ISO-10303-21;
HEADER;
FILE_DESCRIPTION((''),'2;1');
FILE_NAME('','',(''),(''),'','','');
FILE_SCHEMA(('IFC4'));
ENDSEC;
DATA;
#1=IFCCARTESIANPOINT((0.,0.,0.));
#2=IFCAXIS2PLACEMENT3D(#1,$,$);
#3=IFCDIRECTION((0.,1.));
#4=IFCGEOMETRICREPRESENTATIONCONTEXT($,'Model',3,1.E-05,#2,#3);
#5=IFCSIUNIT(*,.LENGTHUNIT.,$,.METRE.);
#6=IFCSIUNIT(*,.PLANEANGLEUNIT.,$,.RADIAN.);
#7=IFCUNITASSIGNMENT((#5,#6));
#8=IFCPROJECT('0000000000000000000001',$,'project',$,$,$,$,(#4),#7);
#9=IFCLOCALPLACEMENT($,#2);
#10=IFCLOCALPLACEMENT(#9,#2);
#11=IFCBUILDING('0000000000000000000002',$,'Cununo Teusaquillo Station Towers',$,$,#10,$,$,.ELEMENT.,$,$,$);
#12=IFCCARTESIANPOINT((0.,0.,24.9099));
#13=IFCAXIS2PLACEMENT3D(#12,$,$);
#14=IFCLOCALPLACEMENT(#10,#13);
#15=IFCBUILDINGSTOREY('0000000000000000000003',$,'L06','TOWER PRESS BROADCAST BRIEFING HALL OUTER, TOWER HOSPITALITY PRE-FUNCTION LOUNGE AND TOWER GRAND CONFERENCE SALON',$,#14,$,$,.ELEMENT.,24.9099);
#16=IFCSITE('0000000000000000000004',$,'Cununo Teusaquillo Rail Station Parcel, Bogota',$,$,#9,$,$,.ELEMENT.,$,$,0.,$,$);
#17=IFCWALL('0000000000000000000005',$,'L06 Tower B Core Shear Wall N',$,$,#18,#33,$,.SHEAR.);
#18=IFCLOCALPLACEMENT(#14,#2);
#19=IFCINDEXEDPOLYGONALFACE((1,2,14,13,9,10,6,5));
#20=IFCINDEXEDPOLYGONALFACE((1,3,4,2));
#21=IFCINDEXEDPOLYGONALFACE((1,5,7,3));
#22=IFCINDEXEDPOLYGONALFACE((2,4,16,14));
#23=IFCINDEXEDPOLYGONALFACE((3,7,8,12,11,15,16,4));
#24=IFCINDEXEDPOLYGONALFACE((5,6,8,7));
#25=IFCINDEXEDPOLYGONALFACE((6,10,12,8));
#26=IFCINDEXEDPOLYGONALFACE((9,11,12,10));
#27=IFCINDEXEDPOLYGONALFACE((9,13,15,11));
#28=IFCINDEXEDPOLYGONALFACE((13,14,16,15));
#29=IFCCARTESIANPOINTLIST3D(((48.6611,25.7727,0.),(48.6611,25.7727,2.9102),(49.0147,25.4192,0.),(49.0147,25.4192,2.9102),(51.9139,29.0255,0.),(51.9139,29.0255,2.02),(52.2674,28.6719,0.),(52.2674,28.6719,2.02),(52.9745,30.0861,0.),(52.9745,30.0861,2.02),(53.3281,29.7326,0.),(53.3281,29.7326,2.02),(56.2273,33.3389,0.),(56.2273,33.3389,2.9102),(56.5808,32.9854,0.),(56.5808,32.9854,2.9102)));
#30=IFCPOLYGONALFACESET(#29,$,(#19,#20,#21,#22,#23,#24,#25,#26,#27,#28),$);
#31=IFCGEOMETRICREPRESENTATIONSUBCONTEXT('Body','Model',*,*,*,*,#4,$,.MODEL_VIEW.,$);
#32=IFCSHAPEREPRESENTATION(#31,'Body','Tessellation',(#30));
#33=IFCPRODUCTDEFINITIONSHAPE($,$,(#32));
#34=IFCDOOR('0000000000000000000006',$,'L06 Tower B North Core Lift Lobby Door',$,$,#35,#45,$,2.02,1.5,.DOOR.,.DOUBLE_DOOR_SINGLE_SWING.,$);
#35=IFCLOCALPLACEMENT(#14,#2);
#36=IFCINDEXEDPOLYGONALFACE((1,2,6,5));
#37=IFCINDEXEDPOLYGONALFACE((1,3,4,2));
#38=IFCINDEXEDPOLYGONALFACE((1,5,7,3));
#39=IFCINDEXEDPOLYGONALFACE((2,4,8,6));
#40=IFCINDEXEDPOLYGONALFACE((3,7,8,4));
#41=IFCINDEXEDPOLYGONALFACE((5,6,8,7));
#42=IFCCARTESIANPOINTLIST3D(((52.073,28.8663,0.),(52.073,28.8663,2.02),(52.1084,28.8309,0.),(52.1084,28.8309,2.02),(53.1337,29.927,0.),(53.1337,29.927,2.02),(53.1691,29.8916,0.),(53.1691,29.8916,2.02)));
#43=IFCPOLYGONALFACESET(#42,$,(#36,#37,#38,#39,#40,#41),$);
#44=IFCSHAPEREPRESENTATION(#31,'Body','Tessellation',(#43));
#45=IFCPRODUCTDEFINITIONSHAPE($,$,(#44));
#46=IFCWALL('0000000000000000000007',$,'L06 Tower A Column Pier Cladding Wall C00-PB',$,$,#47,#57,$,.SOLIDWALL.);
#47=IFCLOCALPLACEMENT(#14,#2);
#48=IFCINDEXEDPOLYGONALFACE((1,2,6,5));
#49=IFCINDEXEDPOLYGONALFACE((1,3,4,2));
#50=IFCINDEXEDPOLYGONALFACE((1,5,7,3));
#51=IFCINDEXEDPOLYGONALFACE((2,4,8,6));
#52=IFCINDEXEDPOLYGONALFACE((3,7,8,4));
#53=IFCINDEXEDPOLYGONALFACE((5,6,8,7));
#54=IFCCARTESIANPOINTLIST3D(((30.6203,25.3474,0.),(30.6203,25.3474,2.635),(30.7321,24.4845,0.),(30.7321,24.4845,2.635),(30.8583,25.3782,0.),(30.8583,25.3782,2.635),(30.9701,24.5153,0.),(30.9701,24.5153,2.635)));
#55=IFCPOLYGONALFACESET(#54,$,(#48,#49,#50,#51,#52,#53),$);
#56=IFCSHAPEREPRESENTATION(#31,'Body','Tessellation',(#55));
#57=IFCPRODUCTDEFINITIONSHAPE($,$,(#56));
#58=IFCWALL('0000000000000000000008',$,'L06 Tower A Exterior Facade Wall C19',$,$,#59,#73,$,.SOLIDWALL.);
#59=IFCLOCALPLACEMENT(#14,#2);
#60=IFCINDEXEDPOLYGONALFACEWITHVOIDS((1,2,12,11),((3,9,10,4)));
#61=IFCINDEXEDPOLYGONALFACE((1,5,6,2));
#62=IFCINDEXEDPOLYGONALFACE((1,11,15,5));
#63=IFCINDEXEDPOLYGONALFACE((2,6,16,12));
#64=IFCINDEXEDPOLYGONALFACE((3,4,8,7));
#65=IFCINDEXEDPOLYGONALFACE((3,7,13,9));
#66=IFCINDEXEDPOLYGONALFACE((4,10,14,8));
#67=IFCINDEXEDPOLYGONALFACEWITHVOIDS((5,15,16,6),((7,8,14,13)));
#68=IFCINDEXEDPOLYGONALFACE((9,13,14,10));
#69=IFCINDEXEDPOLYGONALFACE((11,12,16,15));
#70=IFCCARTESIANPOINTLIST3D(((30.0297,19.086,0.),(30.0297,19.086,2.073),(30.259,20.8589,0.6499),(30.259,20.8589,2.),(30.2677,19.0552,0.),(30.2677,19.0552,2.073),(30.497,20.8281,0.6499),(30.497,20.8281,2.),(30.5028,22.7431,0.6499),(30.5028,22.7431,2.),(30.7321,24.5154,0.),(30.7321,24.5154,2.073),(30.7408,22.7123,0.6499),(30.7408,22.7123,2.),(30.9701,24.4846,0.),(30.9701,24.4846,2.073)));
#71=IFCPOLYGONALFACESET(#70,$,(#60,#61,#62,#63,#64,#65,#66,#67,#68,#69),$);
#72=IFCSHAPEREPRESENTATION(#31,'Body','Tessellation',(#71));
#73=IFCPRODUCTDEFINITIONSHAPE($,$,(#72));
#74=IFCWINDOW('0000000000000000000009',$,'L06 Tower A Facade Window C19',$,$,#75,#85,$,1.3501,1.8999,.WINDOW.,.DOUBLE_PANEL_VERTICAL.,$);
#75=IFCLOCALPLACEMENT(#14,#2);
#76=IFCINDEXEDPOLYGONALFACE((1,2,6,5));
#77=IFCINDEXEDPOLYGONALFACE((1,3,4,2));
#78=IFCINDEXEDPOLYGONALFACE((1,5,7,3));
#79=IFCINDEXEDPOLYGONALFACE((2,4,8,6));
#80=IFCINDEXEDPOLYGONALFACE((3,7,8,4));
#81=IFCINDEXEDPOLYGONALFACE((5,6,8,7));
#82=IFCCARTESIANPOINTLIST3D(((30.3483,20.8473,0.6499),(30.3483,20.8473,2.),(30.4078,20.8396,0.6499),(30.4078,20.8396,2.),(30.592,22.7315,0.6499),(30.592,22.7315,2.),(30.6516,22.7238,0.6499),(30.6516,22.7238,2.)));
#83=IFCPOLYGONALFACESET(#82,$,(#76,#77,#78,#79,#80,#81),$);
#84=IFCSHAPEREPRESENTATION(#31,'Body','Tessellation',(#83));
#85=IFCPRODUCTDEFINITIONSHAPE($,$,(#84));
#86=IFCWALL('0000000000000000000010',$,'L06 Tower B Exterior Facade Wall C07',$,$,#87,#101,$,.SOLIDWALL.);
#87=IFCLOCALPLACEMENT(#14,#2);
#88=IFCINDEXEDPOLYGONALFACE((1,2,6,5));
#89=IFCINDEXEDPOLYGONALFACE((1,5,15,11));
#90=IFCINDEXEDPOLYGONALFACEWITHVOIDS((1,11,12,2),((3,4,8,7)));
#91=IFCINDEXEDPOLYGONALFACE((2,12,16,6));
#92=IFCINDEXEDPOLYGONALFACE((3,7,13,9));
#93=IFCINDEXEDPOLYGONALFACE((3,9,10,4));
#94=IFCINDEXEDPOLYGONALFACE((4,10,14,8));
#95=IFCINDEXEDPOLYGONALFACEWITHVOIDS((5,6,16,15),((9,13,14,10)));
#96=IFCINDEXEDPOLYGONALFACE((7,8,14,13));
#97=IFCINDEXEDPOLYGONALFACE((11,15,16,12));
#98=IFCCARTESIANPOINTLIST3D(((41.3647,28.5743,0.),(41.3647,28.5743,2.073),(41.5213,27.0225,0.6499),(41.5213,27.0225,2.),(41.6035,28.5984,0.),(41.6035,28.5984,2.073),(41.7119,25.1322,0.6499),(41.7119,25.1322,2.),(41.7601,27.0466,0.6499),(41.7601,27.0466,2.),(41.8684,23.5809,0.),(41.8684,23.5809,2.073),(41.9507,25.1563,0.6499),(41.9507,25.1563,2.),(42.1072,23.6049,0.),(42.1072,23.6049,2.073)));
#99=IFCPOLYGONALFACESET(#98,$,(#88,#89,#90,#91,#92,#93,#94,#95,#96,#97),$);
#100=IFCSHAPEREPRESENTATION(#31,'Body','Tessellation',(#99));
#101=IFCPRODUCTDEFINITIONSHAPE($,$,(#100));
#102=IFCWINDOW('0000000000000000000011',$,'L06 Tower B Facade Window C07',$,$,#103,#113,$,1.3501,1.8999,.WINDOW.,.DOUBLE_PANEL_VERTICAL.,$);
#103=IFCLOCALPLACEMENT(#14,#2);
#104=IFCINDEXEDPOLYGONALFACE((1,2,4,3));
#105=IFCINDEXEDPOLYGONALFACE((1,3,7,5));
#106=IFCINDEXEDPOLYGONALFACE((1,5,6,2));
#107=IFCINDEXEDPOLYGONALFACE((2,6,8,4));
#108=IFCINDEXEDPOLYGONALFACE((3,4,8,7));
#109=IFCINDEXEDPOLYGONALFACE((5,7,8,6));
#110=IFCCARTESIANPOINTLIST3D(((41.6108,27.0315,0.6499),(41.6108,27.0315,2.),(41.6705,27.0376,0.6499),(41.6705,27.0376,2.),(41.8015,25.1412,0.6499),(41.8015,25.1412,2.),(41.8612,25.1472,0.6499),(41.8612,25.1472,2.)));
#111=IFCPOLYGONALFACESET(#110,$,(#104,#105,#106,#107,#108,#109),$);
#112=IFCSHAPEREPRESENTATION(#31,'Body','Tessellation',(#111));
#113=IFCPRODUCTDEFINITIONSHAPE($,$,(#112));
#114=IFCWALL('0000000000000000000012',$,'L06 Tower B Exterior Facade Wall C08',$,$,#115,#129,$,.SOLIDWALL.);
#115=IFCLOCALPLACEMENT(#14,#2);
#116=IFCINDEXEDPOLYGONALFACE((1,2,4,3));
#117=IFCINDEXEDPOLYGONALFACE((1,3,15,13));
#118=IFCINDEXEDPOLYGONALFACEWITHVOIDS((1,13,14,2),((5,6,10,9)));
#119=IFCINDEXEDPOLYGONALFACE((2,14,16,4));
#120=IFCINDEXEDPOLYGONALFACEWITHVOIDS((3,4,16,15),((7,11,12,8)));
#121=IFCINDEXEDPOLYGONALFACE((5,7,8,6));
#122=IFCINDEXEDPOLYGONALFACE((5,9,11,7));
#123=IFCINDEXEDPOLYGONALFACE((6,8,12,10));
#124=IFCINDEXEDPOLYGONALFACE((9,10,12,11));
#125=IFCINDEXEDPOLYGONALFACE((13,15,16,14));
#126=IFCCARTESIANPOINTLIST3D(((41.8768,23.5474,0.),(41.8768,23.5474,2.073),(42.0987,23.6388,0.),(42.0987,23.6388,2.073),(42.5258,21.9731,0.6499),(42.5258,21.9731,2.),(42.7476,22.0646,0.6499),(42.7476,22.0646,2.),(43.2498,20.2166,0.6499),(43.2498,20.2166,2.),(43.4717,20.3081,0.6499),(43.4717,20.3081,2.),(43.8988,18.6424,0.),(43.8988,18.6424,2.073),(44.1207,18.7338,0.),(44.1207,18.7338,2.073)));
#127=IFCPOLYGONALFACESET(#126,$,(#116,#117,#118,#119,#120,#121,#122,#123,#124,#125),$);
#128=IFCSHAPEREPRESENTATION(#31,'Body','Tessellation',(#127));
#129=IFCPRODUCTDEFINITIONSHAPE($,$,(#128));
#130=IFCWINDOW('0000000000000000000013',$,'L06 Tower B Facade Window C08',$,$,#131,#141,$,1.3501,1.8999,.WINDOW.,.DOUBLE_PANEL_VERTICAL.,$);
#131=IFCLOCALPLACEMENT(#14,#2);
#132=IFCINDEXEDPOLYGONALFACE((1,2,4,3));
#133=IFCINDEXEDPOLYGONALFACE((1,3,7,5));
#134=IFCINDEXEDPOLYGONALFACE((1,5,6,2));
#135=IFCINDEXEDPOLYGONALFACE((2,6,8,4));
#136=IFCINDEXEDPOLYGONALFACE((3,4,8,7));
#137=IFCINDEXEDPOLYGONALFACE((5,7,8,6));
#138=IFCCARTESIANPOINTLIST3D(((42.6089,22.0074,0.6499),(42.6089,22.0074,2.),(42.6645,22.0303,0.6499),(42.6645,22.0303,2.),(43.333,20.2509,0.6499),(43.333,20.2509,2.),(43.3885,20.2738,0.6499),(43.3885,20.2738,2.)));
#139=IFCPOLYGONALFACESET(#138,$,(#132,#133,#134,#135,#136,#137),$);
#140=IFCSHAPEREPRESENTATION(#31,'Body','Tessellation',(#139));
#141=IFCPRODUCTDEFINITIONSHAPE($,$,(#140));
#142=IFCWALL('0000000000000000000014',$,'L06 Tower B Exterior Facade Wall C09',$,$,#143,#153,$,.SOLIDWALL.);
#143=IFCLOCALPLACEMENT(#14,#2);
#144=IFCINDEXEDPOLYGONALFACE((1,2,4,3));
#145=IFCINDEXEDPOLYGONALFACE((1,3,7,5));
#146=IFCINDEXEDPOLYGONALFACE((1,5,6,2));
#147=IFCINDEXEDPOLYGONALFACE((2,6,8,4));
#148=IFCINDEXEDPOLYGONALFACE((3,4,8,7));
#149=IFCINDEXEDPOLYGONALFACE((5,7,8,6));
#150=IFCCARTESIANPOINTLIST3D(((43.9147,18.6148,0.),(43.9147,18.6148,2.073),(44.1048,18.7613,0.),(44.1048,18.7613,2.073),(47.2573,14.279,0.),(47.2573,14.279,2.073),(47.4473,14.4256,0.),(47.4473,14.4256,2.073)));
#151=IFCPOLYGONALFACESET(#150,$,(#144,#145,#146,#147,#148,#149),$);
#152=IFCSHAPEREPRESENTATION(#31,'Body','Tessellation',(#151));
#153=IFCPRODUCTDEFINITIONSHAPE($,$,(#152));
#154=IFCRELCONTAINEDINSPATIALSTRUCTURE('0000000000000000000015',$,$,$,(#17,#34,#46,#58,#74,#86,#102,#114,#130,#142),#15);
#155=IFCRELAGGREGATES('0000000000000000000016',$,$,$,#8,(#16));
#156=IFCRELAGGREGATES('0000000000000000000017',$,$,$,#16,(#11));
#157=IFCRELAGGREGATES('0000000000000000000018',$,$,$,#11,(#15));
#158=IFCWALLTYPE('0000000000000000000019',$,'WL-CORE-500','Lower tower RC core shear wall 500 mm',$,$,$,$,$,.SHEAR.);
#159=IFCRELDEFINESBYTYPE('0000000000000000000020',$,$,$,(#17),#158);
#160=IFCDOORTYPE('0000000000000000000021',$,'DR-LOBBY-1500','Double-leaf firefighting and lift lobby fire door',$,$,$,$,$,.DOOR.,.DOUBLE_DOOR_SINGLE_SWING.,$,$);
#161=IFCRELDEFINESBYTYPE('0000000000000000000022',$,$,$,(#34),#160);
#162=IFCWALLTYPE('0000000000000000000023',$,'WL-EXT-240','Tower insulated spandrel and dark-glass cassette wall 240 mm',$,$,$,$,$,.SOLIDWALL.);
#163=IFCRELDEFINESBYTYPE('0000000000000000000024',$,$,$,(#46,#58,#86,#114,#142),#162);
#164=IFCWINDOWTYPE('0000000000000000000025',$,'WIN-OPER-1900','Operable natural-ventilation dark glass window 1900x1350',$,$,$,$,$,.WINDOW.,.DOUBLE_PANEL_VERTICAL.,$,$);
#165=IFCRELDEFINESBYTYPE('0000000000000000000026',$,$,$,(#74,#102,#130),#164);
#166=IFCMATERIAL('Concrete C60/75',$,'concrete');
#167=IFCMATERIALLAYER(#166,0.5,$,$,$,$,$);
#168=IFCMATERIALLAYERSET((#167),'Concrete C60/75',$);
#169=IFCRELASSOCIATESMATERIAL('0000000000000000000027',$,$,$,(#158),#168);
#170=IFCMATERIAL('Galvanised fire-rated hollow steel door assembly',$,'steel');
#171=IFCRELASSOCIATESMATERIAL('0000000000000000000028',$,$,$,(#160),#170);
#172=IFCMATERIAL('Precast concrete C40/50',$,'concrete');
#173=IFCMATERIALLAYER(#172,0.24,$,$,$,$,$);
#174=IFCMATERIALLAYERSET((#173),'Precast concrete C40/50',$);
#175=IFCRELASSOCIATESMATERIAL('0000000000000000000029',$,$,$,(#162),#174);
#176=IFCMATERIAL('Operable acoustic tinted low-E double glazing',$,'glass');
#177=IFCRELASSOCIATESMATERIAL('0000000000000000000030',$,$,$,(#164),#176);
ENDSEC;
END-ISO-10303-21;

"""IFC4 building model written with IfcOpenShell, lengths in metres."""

from ifc_helpers import new_model, si_unit, direction, frame, frame_2d, origin, place, context, subcontext, project, spatial, rectangle, extrude, source, transform, mapped, material, layer, layer_set, type_object, element, fill, save


model = new_model("IFC4")

# Units and contexts
model_context = context("Model", 3, precision=1e-05, world=origin(), true_north=direction((0.0, 1.0)))
body_context = subcontext(model_context, "Body", "Model", "MODEL_VIEW")
ifc_project = project(units=[si_unit("LENGTHUNIT", "METRE"), si_unit("PLANEANGLEUNIT", "RADIAN")], contexts=[model_context])

# Site, building, storey
site_placement = place(None, origin())
site = spatial("IfcSite", under=ifc_project, at=site_placement, Name="Cununo Teusaquillo Rail Station Parcel, Bogota", CompositionType="ELEMENT", RefElevation=0.0)
building_placement = place(site_placement, origin())
building = spatial("IfcBuilding", under=site, at=building_placement, Name="Cununo Teusaquillo Station Towers", CompositionType="ELEMENT")
storey_placement = place(building_placement, frame((0.0, 0.0, 24.9099)))
storey = spatial("IfcBuildingStorey", under=building, at=storey_placement, Name="L06", Description="TOWER PRESS BROADCAST BRIEFING HALL OUTER, TOWER HOSPITALITY PRE-FUNCTION LOUNGE AND TOWER GRAND CONFERENCE SALON", CompositionType="ELEMENT", Elevation=24.9099)

# Wall, opening, door
ifc_material_1 = material(Name="Concrete C60/75", Category="concrete")
ifc_layer_1 = layer(ifc_material_1, 0.5)
ifc_layer_set_1 = layer_set([ifc_layer_1], Name="Concrete C60/75")
wall_type_1 = type_object("IfcWallType", Name="WL-CORE-500", Description="Lower tower RC core shear wall 500 mm", PredefinedType="SHEAR", material=ifc_layer_set_1)
wall_1_placement = place(storey_placement, frame((48.8379, 25.5959, 0.0), z_axis=(0.0, 0.0, 1.0), x_axis=(0.707107, 0.707107, 0.0)))
wall_1 = element("IfcWall", 1, at=wall_1_placement, inside=storey, type_object=wall_type_1, Name="L06 Tower B Core Shear Wall N", PredefinedType="SHEAR", context=body_context, shape_type="SweptSolid", body=[
    extrude(rectangle(XDim=10.7002, YDim=0.5, at=frame_2d((5.3501, 0.0))), origin(), (0.0, 0.0, 1.0), 2.9102),
])
shared_shape_1 = source(origin(), body_context, "Body", "SweptSolid", [
    extrude(rectangle(XDim=1.5, YDim=2.02, at=frame_2d((0.75, 1.01))), frame((0.0, 0.26, 0.0), z_axis=(0.0, -1.0, 0.0), x_axis=(1.0, 0.0, 0.0)), (0.0, 0.0, 1.0), 0.52),
])
opening_1_placement = place(wall_1_placement, frame((4.6001, 0.0, 0.0)))
opening_1 = element("IfcOpeningElement", 2, at=opening_1_placement, cuts=wall_1, PredefinedType="OPENING", context=body_context, shape_type="MappedRepresentation", body=[
    mapped(shared_shape_1, transform((0.0, 0.0, 0.0), x_axis=(1.0, 0.0, 0.0), y_axis=(0.0, 1.0, 0.0), z_axis=(0.0, 0.0, 1.0), scale=1.0)),
])
ifc_material_2 = material(Name="Galvanised fire-rated hollow steel door assembly", Category="steel")
door_type_1 = type_object("IfcDoorType", Name="DR-LOBBY-1500", Description="Double-leaf firefighting and lift lobby fire door", OperationType="DOUBLE_DOOR_SINGLE_SWING", PredefinedType="DOOR", material=ifc_material_2)
shared_shape_2 = source(origin(), body_context, "Body", "SweptSolid", [
    extrude(rectangle(XDim=1.5, YDim=2.02, at=frame_2d((0.75, 1.01))), frame((0.0, 0.0249, 0.0), z_axis=(0.0, -1.0, 0.0), x_axis=(1.0, 0.0, 0.0)), (0.0, 0.0, 1.0), 0.05),
])
door_1_placement = place(opening_1_placement, origin())
door_1 = element("IfcDoor", 3, at=door_1_placement, inside=storey, type_object=door_type_1, Name="L06 Tower B North Core Lift Lobby Door", OperationType="DOUBLE_DOOR_SINGLE_SWING", OverallHeight=2.02, OverallWidth=1.5, PredefinedType="DOOR", context=body_context, shape_type="MappedRepresentation", body=[
    mapped(shared_shape_2, transform((0.0, 0.0, 0.0), x_axis=(1.0, 0.0, 0.0), y_axis=(0.0, 1.0, 0.0), z_axis=(0.0, 0.0, 1.0), scale=1.0)),
])
fill(opening_1, door_1)

# Wall
ifc_material_3 = material(Name="Precast concrete C40/50", Category="concrete")
ifc_layer_2 = layer(ifc_material_3, 0.24)
ifc_layer_set_2 = layer_set([ifc_layer_2], Name="Precast concrete C40/50")
wall_type_2 = type_object("IfcWallType", Name="WL-EXT-240", Description="Tower insulated spandrel and dark-glass cassette wall 240 mm", PredefinedType="SOLIDWALL", material=ifc_layer_set_2)
wall_2_placement = place(storey_placement, frame((30.7393, 25.3628, 0.0), z_axis=(0.0, 0.0, 1.0), x_axis=(0.128523, -0.991706, 0.0)))
element("IfcWall", 4, at=wall_2_placement, inside=storey, type_object=wall_type_2, Name="L06 Tower A Column Pier Cladding Wall C00-PB", PredefinedType="SOLIDWALL", context=body_context, shape_type="SweptSolid", body=[
    extrude(rectangle(XDim=0.8701, YDim=0.24, at=frame_2d((0.4351, 0.0))), origin(), (0.0, 0.0, 1.0), 2.635),
])

# Walls, openings, windows
wall_3_placement = place(storey_placement, frame((30.8511, 24.5, 0.0), z_axis=(0.0, 0.0, 1.0), x_axis=(-0.128298, -0.991736, 0.0)))
wall_3 = element("IfcWall", 5, at=wall_3_placement, inside=storey, type_object=wall_type_2, Name="L06 Tower A Exterior Facade Wall C19", PredefinedType="SOLIDWALL", context=body_context, shape_type="SweptSolid", body=[
    extrude(rectangle(XDim=5.4746, YDim=0.24, at=frame_2d((2.7373, 0.0))), origin(), (0.0, 0.0, 1.0), 2.073),
])
shared_shape_3 = source(origin(), body_context, "Body", "SweptSolid", [
    extrude(rectangle(XDim=1.8999, YDim=1.3501, at=frame_2d((0.95, 0.675))), frame((0.0, 0.1299, 0.0), z_axis=(0.0, -1.0, 0.0), x_axis=(1.0, 0.0, 0.0)), (0.0, 0.0, 1.0), 0.26),
])
opening_2_placement = place(wall_3_placement, frame((1.7871, 0.0, 0.6499)))
opening_2 = element("IfcOpeningElement", 6, at=opening_2_placement, cuts=wall_3, PredefinedType="OPENING", context=body_context, shape_type="MappedRepresentation", body=[
    mapped(shared_shape_3, transform((0.0, 0.0, 0.0), x_axis=(1.0, 0.0, 0.0), y_axis=(0.0, 1.0, 0.0), z_axis=(0.0, 0.0, 1.0), scale=1.0)),
])
ifc_material_4 = material(Name="Operable acoustic tinted low-E double glazing", Category="glass")
window_type = type_object("IfcWindowType", Name="WIN-OPER-1900", Description="Operable natural-ventilation dark glass window 1900x1350", PartitioningType="DOUBLE_PANEL_VERTICAL", PredefinedType="WINDOW", material=ifc_material_4)
shared_shape_4 = source(origin(), body_context, "Body", "SweptSolid", [
    extrude(rectangle(XDim=1.8999, YDim=1.3501, at=frame_2d((0.95, 0.675))), frame((0.0, 0.03, 0.0), z_axis=(0.0, -1.0, 0.0), x_axis=(1.0, 0.0, 0.0)), (0.0, 0.0, 1.0), 0.0601),
])
window_1_placement = place(opening_2_placement, origin())
window_1 = element("IfcWindow", 7, at=window_1_placement, inside=storey, type_object=window_type, Name="L06 Tower A Facade Window C19", OverallHeight=1.3501, OverallWidth=1.8999, PartitioningType="DOUBLE_PANEL_VERTICAL", PredefinedType="WINDOW", context=body_context, shape_type="MappedRepresentation", body=[
    mapped(shared_shape_4, transform((0.0, 0.0, 0.0), x_axis=(1.0, 0.0, 0.0), y_axis=(0.0, 1.0, 0.0), z_axis=(0.0, 0.0, 1.0), scale=1.0)),
])
fill(opening_2, window_1)
wall_4_placement = place(storey_placement, frame((41.9878, 23.593, 0.0), z_axis=(0.0, 0.0, 1.0), x_axis=(-0.100356, 0.994952, 0.0)))
wall_4 = element("IfcWall", 8, at=wall_4_placement, inside=storey, type_object=wall_type_2, Name="L06 Tower B Exterior Facade Wall C07", PredefinedType="SOLIDWALL", context=body_context, shape_type="SweptSolid", body=[
    extrude(rectangle(XDim=5.0188, YDim=0.24, at=frame_2d((2.5093, 0.0))), origin(), (0.0, 0.0, 1.0), 2.073),
])
opening_3_placement = place(wall_4_placement, frame((1.5591, 0.0, 0.6499)))
opening_3 = element("IfcOpeningElement", 9, at=opening_3_placement, cuts=wall_4, PredefinedType="OPENING", context=body_context, shape_type="MappedRepresentation", body=[
    mapped(shared_shape_3, transform((0.0, 0.0, 0.0), x_axis=(1.0, 0.0, 0.0), y_axis=(0.0, 1.0, 0.0), z_axis=(0.0, 0.0, 1.0), scale=1.0)),
])
window_2_placement = place(opening_3_placement, origin())
window_2 = element("IfcWindow", 10, at=window_2_placement, inside=storey, type_object=window_type, Name="L06 Tower B Facade Window C07", OverallHeight=1.3501, OverallWidth=1.8999, PartitioningType="DOUBLE_PANEL_VERTICAL", PredefinedType="WINDOW", context=body_context, shape_type="MappedRepresentation", body=[
    mapped(shared_shape_4, transform((0.0, 0.0, 0.0), x_axis=(1.0, 0.0, 0.0), y_axis=(0.0, 1.0, 0.0), z_axis=(0.0, 0.0, 1.0), scale=1.0)),
])
fill(opening_3, window_2)
wall_5_placement = place(storey_placement, frame((44.0098, 18.688, 0.0), z_axis=(0.0, 0.0, 1.0), x_axis=(-0.381113, 0.924528, 0.0)))
wall_5 = element("IfcWall", 11, at=wall_5_placement, inside=storey, type_object=wall_type_2, Name="L06 Tower B Exterior Facade Wall C08", PredefinedType="SOLIDWALL", context=body_context, shape_type="SweptSolid", body=[
    extrude(rectangle(XDim=5.3054, YDim=0.24, at=frame_2d((2.6528, 0.0))), origin(), (0.0, 0.0, 1.0), 2.073),
])
opening_4_placement = place(wall_5_placement, frame((1.7029, 0.0, 0.6499)))
opening_4 = element("IfcOpeningElement", 12, at=opening_4_placement, cuts=wall_5, PredefinedType="OPENING", context=body_context, shape_type="MappedRepresentation", body=[
    mapped(shared_shape_3, transform((0.0, 0.0, 0.0), x_axis=(1.0, 0.0, 0.0), y_axis=(0.0, 1.0, 0.0), z_axis=(0.0, 0.0, 1.0), scale=1.0)),
])
window_3_placement = place(opening_4_placement, origin())
window_3 = element("IfcWindow", 13, at=window_3_placement, inside=storey, type_object=window_type, Name="L06 Tower B Facade Window C08", OverallHeight=1.3501, OverallWidth=1.8999, PartitioningType="DOUBLE_PANEL_VERTICAL", PredefinedType="WINDOW", context=body_context, shape_type="MappedRepresentation", body=[
    mapped(shared_shape_4, transform((0.0, 0.0, 0.0), x_axis=(1.0, 0.0, 0.0), y_axis=(0.0, 1.0, 0.0), z_axis=(0.0, 0.0, 1.0), scale=1.0)),
])
fill(opening_4, window_3)

# Wall
wall_6_placement = place(storey_placement, frame((47.3523, 14.3523, 0.0), z_axis=(0.0, 0.0, 1.0), x_axis=(-0.610557, 0.791972, 0.0)))
element("IfcWall", 14, at=wall_6_placement, inside=storey, type_object=wall_type_2, Name="L06 Tower B Exterior Facade Wall C09", PredefinedType="SOLIDWALL", context=body_context, shape_type="SweptSolid", body=[
    extrude(rectangle(XDim=5.4746, YDim=0.24, at=frame_2d((2.7373, 0.0))), origin(), (0.0, 0.0, 1.0), 2.073),
])

save(model, "model.ifc")
